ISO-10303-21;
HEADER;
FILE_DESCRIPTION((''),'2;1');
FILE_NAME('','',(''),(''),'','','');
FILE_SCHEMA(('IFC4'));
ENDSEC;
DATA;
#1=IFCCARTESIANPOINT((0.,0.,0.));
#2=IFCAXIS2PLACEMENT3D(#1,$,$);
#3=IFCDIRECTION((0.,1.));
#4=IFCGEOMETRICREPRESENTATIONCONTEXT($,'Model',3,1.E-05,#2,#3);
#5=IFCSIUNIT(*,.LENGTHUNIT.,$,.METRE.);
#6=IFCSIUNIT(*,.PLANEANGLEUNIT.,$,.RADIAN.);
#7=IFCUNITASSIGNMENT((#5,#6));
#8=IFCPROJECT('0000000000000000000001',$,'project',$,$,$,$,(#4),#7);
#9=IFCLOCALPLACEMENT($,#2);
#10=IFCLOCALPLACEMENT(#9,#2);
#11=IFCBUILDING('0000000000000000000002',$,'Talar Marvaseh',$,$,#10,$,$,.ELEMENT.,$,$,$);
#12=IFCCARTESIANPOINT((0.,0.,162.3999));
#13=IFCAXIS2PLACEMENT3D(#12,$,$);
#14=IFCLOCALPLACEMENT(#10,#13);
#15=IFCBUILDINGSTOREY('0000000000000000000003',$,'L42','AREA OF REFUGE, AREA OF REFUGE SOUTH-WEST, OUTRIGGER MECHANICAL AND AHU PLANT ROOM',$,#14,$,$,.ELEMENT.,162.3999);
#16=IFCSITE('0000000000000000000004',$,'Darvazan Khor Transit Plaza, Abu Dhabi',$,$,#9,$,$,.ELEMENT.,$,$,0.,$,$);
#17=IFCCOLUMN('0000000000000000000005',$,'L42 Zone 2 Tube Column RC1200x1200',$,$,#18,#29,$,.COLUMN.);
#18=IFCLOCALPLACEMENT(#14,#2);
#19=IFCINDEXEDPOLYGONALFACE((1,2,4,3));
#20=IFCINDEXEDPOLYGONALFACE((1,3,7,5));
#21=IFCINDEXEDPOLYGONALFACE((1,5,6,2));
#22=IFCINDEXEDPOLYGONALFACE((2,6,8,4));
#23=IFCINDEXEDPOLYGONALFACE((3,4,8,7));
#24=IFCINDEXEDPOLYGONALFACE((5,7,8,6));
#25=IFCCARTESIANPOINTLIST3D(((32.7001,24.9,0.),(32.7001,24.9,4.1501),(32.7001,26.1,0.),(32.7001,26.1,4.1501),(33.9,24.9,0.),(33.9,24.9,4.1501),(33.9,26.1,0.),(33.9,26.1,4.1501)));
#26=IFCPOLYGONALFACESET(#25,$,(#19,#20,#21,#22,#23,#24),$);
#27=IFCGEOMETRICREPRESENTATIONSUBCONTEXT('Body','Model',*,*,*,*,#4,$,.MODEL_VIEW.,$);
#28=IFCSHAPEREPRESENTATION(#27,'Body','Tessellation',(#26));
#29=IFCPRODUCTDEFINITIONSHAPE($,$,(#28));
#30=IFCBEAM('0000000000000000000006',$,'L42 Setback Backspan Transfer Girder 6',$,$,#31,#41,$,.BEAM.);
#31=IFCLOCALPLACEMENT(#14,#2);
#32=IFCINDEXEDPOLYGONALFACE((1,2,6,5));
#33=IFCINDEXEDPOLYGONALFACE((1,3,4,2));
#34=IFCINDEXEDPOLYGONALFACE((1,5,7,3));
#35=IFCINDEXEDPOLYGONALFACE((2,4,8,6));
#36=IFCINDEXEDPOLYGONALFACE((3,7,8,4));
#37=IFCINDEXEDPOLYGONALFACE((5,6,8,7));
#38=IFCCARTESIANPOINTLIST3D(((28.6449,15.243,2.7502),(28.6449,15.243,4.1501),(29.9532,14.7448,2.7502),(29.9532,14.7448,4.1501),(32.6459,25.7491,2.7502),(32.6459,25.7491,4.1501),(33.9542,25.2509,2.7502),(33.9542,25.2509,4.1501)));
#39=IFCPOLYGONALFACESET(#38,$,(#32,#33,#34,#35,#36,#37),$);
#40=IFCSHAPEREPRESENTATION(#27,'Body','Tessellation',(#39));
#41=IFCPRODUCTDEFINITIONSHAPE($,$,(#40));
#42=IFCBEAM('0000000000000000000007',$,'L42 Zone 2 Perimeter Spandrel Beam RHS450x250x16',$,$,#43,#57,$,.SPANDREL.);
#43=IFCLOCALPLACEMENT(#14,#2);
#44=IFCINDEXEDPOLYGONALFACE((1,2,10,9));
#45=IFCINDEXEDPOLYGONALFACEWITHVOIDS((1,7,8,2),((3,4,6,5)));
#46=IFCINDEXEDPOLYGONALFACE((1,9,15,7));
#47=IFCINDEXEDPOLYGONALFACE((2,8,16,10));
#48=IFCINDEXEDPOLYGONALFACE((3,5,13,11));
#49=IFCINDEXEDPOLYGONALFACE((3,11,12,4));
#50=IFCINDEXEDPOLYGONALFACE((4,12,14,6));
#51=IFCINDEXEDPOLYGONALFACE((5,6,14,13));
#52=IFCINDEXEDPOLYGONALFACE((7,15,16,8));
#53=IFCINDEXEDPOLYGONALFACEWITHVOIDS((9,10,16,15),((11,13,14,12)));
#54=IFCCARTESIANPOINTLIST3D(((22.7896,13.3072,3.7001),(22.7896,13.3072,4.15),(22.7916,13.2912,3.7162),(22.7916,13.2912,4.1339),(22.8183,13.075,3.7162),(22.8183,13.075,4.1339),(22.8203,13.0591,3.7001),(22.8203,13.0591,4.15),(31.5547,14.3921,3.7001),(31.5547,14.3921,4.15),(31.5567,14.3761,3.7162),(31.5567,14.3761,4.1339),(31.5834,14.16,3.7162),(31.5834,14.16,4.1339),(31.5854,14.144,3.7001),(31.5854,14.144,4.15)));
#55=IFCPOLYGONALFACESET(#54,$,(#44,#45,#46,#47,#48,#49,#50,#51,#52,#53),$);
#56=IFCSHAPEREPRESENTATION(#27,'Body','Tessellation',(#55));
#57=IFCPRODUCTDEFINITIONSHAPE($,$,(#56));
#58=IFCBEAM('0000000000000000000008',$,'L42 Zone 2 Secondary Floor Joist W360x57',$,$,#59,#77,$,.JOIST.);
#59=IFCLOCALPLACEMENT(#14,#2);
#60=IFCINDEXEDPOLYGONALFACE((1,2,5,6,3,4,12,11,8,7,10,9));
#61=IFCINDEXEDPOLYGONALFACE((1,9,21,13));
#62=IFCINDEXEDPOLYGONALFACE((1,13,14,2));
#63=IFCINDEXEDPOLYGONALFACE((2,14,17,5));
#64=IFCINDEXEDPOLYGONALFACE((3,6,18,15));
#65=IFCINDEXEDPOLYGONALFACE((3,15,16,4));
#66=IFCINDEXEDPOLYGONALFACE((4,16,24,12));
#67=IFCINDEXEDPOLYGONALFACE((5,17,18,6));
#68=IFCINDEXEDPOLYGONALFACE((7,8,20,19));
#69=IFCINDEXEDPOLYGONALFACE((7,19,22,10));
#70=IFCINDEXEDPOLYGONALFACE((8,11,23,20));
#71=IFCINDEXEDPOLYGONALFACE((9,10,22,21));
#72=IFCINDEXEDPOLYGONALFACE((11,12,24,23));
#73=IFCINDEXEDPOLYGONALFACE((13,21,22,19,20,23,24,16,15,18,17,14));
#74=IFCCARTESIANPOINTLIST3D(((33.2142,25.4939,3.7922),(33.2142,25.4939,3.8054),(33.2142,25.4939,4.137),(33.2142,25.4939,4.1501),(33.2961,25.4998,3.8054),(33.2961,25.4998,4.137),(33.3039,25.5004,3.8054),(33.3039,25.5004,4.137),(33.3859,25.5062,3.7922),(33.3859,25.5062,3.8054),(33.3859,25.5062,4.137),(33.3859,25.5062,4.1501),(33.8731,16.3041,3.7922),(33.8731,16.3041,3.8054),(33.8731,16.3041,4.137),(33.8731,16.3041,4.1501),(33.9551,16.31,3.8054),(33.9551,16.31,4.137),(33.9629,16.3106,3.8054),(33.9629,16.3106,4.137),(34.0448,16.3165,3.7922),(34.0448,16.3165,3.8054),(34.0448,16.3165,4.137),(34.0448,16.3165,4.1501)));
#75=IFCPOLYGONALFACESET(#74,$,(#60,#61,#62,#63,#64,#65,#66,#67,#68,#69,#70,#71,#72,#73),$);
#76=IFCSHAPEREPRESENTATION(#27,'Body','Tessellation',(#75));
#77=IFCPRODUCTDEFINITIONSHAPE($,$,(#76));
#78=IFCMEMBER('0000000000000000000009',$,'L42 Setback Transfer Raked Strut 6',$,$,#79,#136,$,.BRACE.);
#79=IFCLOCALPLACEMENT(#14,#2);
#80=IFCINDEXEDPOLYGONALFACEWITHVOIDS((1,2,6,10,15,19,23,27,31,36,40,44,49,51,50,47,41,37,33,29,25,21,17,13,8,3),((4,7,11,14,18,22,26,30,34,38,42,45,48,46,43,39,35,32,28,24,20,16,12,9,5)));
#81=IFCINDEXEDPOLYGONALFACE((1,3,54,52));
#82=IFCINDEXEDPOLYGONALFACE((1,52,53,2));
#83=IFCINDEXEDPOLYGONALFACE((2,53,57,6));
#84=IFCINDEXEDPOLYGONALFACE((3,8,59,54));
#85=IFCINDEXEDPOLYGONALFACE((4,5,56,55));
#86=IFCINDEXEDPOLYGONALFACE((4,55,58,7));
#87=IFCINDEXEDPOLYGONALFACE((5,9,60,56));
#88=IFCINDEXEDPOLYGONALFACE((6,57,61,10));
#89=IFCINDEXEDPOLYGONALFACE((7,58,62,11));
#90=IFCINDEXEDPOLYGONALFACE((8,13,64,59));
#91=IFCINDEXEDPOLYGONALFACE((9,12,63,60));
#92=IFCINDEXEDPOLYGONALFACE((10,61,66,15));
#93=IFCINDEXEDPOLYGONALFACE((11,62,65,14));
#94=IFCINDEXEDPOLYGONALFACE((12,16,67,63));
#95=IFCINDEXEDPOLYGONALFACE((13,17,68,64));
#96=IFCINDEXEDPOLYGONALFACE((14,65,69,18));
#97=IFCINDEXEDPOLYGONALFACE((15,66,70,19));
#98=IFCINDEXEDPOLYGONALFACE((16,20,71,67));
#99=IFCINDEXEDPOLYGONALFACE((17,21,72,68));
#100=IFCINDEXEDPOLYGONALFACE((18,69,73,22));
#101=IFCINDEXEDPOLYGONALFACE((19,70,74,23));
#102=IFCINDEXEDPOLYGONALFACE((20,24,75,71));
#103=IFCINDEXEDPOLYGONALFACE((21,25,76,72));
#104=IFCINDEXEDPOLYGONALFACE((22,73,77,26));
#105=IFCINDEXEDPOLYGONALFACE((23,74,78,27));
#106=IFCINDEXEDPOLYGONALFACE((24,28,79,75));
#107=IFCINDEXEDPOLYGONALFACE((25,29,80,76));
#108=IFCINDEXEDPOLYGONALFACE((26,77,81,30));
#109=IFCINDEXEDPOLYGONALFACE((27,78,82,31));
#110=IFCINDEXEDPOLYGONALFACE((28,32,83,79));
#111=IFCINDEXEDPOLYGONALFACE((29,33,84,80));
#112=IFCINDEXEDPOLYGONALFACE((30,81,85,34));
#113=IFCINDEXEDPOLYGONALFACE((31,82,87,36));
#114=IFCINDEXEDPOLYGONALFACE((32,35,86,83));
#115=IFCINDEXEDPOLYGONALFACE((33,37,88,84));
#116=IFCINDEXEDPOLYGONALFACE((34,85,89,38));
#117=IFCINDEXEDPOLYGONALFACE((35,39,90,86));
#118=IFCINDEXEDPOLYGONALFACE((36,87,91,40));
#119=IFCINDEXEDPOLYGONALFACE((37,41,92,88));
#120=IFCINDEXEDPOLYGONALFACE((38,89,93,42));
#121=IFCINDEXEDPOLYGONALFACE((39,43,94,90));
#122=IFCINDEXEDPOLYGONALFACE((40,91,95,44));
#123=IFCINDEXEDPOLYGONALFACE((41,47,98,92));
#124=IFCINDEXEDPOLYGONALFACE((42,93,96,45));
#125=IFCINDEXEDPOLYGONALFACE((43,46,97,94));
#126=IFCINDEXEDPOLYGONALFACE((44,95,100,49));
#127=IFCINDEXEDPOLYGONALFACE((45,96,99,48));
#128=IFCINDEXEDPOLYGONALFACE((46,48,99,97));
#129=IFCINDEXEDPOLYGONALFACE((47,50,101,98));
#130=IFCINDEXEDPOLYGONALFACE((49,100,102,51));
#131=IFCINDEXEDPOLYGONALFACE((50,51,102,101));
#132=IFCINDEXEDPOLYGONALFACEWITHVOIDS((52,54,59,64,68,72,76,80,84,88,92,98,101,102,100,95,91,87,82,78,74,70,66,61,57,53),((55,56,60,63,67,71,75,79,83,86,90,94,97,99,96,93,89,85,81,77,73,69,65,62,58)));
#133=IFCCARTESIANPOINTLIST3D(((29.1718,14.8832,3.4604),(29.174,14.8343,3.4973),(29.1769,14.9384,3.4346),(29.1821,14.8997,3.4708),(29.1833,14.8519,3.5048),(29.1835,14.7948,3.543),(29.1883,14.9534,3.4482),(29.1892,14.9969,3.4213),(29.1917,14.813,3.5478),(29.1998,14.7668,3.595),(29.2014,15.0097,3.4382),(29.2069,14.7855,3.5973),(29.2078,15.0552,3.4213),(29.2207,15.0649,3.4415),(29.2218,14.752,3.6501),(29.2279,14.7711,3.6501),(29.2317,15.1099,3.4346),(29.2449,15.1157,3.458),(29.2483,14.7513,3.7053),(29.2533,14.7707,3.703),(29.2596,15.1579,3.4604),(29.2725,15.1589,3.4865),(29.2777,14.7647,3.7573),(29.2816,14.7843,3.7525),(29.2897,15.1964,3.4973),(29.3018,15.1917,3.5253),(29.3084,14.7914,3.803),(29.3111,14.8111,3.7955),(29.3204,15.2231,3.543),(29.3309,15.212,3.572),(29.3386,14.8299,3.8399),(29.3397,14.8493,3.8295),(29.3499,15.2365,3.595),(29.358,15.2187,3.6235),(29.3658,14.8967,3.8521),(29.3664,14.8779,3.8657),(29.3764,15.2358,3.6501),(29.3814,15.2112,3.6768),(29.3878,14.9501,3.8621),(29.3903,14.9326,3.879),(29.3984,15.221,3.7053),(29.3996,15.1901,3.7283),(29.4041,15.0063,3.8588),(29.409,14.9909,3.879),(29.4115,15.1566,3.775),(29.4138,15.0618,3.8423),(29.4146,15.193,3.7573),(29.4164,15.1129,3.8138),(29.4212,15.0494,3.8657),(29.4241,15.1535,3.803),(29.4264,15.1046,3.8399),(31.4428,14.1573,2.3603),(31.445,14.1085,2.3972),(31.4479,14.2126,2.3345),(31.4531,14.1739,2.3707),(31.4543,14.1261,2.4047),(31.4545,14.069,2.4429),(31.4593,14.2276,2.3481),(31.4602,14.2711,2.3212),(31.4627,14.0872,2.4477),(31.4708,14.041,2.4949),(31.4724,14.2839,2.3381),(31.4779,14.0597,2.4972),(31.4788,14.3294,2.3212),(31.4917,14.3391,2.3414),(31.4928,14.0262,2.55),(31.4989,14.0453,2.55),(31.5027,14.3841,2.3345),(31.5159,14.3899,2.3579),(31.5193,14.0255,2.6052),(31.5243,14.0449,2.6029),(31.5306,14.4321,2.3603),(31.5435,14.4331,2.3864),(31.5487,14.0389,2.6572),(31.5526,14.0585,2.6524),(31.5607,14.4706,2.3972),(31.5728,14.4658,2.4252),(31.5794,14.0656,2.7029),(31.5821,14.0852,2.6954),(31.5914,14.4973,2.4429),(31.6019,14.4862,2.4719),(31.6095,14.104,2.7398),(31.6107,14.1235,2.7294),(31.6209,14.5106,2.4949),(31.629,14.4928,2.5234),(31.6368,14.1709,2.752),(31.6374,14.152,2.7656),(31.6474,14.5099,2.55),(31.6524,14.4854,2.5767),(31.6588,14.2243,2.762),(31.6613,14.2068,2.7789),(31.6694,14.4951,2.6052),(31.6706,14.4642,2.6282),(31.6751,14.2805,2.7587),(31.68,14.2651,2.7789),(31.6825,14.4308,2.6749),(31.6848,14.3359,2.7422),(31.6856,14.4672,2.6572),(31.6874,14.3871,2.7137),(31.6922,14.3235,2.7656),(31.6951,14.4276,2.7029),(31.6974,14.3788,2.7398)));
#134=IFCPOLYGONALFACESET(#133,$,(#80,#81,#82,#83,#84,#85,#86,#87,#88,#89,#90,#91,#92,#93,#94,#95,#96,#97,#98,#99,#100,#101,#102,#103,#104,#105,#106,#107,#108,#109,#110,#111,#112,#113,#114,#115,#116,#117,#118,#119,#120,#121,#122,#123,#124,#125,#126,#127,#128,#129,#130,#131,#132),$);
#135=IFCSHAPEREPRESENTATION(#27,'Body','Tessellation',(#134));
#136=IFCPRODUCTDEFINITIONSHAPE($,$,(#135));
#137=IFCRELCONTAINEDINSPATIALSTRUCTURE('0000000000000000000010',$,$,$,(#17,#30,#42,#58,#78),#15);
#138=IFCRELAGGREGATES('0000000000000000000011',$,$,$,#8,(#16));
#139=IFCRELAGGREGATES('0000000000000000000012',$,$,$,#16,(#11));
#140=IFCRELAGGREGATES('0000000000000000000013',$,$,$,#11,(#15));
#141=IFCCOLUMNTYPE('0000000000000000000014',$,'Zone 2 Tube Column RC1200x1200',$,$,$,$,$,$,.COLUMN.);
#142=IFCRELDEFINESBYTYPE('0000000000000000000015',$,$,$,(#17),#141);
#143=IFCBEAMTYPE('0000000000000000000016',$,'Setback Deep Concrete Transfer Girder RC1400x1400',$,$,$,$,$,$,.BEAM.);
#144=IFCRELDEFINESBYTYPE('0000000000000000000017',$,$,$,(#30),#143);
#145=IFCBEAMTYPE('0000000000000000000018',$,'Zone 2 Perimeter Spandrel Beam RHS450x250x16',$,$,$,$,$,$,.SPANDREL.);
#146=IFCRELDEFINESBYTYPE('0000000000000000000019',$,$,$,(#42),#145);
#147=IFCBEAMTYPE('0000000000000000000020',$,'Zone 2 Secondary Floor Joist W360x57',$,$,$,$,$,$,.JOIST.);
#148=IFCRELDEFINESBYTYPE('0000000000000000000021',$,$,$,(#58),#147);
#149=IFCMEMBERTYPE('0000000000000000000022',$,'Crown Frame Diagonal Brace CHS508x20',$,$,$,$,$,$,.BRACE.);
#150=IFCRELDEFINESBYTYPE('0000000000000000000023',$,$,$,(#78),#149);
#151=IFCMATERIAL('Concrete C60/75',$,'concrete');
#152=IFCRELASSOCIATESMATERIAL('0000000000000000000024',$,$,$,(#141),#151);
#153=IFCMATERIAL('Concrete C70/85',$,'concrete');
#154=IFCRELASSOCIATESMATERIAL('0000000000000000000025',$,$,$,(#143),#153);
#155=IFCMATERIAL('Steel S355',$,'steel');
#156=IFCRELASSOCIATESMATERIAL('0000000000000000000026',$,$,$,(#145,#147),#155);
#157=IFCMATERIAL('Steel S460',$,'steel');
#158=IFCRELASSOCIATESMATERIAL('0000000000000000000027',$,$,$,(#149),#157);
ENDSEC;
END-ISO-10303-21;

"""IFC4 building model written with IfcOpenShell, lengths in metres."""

from ifc_helpers import new_model, si_unit, direction, frame, origin, origin_2d, place, context, subcontext, project, spatial, rectangle, hollow_rectangle, hollow_circle, i_section, extrude, source, transform, mapped, material, material_profile, profile_set, type_object, type_shapes, element, save


model = new_model("IFC4")

# Units and contexts
model_context = context("Model", 3, precision=1e-05, world=origin(), true_north=direction((0.0, 1.0)))
body_context = subcontext(model_context, "Body", "Model", "MODEL_VIEW")
ifc_project = project(units=[si_unit("LENGTHUNIT", "METRE"), si_unit("PLANEANGLEUNIT", "RADIAN")], contexts=[model_context])

# Site, building, storey
site_placement = place(None, origin())
site = spatial("IfcSite", under=ifc_project, at=site_placement, Name="Darvazan Khor Transit Plaza, Abu Dhabi", CompositionType="ELEMENT", RefElevation=0.0)
building_placement = place(site_placement, origin())
building = spatial("IfcBuilding", under=site, at=building_placement, Name="Talar Marvaseh", CompositionType="ELEMENT")
storey_placement = place(building_placement, frame((0.0, 0.0, 162.3999)))
storey = spatial("IfcBuildingStorey", under=building, at=storey_placement, Name="L42", Description="AREA OF REFUGE, AREA OF REFUGE SOUTH-WEST, OUTRIGGER MECHANICAL AND AHU PLANT ROOM", CompositionType="ELEMENT", Elevation=162.3999)

# Column
ifc_material_1 = material(Name="Concrete C60/75", Category="concrete")
ifc_material_profile_1 = material_profile(ifc_material_1, rectangle(XDim=1.2, YDim=1.2, at=origin_2d()), Name="RC1200x1200")
ifc_profile_set_1 = profile_set([ifc_material_profile_1], Name="Concrete C60/75")
column_type = type_object("IfcColumnType", Name="Zone 2 Tube Column RC1200x1200", PredefinedType="COLUMN", material=ifc_profile_set_1)
column_placement = place(storey_placement, frame((33.3, 25.5, 0.0), z_axis=(0.0, 0.0, 1.0), x_axis=(1.0, 0.0, 0.0)))
element("IfcColumn", 1, at=column_placement, inside=storey, type_object=column_type, Name="L42 Zone 2 Tube Column RC1200x1200", PredefinedType="COLUMN", context=body_context, shape_type="SweptSolid", body=[
    extrude(rectangle(XDim=1.2, YDim=1.2, at=origin_2d()), origin(), (0.0, 0.0, 1.0), 4.1501),
])

# Beams
ifc_material_2 = material(Name="Concrete C70/85", Category="concrete")
ifc_material_profile_2 = material_profile(ifc_material_2, rectangle(XDim=1.3999, YDim=1.3999, at=origin_2d()), Name="RC1400x1400")
ifc_profile_set_2 = profile_set([ifc_material_profile_2], Name="Concrete C70/85")
beam_type_1 = type_object("IfcBeamType", Name="Setback Deep Concrete Transfer Girder RC1400x1400", PredefinedType="BEAM", material=ifc_profile_set_2)
beam_1_placement = place(storey_placement, frame((29.2991, 14.9939, 3.4502), z_axis=(0.355891, 0.934528, 0.0), x_axis=(-0.934528, 0.355891, 0.0)))
element("IfcBeam", 2, at=beam_1_placement, inside=storey, type_object=beam_type_1, Name="L42 Setback Backspan Transfer Girder 6", PredefinedType="BEAM", context=body_context, shape_type="SweptSolid", body=[
    extrude(rectangle(XDim=1.3999, YDim=1.3999, at=origin_2d()), origin(), (0.0, 0.0, 1.0), 11.2422),
])
ifc_material_3 = material(Name="Steel S355", Category="steel")
ifc_material_profile_3 = material_profile(ifc_material_3, hollow_rectangle(XDim=0.25, YDim=0.45, WallThickness=0.0161, at=origin_2d()), Name="RHS450x250x16")
ifc_profile_set_3 = profile_set([ifc_material_profile_3], Name="Steel S355")
beam_type_2 = type_object("IfcBeamType", Name="Zone 2 Perimeter Spandrel Beam RHS450x250x16", PredefinedType="SPANDREL", material=ifc_profile_set_3)
beam_2_placement = place(storey_placement, frame((31.5701, 14.2681, 3.925), z_axis=(-0.992426, -0.122844, 0.0), x_axis=(0.122844, -0.992426, 0.0)))
element("IfcBeam", 3, at=beam_2_placement, inside=storey, type_object=beam_type_2, Name="L42 Zone 2 Perimeter Spandrel Beam RHS450x250x16", PredefinedType="SPANDREL", context=body_context, shape_type="SweptSolid", body=[
    extrude(hollow_rectangle(XDim=0.25, YDim=0.45, WallThickness=0.0161, at=origin_2d()), origin(), (0.0, 0.0, 1.0), 8.832),
])
ifc_material_profile_4 = material_profile(ifc_material_3, i_section(OverallWidth=0.1721, OverallDepth=0.3579, WebThickness=0.0078, FlangeThickness=0.0132, at=origin_2d()), Name="W360x57")
ifc_profile_set_4 = profile_set([ifc_material_profile_4], Name="Steel S355")
beam_type_3 = type_object("IfcBeamType", Name="Zone 2 Secondary Floor Joist W360x57", PredefinedType="JOIST", material=ifc_profile_set_4)
beam_3_placement = place(storey_placement, frame((33.959, 16.3103, 3.9712), z_axis=(-0.07152, 0.997439, 0.0), x_axis=(-0.997439, -0.07152, 0.0)))
element("IfcBeam", 4, at=beam_3_placement, inside=storey, type_object=beam_type_3, Name="L42 Zone 2 Secondary Floor Joist W360x57", PredefinedType="JOIST", context=body_context, shape_type="SweptSolid", body=[
    extrude(i_section(OverallWidth=0.1721, OverallDepth=0.3579, WebThickness=0.0078, FlangeThickness=0.0132, at=origin_2d()), origin(), (0.0, 0.0, 1.0), 9.2134),
])

# Member
ifc_material_4 = material(Name="Steel S460", Category="steel")
ifc_material_profile_5 = material_profile(ifc_material_4, hollow_circle(Radius=0.2539, WallThickness=0.02, at=origin_2d()), Name="CHS508x20")
ifc_profile_set_5 = profile_set([ifc_material_profile_5], Name="Steel S460")
member_type_1 = type_object("IfcMemberType", Name="Crown Frame Diagonal Brace CHS508x20", PredefinedType="BRACE", material=ifc_profile_set_5)
shared_shape_1 = source(origin(), body_context, "Body", "SweptSolid", [
    extrude(hollow_circle(Radius=0.2539, WallThickness=0.02, at=origin_2d()), origin(), (0.0, 0.0, 1.0), 2.6257),
])
type_shapes(member_type_1, [shared_shape_1])
member_1_placement = place(storey_placement, frame((31.5701, 14.2681, 2.55), z_axis=(-0.8649, 0.27643, 0.418968), x_axis=(-0.304438, -0.952532, 0.0)))
element("IfcMember", 5, at=member_1_placement, inside=storey, type_object=member_type_1, Name="L42 Setback Transfer Raked Strut 6", PredefinedType="BRACE", context=body_context, shape_type="MappedRepresentation", body=[
    mapped(shared_shape_1, transform((0.0, 0.0, 0.0), x_axis=(1.0, 0.0, 0.0), y_axis=(0.0, 1.0, 0.0), z_axis=(0.0, 0.0, 1.0), scale=1.0)),
])

save(model, "model.ifc")
